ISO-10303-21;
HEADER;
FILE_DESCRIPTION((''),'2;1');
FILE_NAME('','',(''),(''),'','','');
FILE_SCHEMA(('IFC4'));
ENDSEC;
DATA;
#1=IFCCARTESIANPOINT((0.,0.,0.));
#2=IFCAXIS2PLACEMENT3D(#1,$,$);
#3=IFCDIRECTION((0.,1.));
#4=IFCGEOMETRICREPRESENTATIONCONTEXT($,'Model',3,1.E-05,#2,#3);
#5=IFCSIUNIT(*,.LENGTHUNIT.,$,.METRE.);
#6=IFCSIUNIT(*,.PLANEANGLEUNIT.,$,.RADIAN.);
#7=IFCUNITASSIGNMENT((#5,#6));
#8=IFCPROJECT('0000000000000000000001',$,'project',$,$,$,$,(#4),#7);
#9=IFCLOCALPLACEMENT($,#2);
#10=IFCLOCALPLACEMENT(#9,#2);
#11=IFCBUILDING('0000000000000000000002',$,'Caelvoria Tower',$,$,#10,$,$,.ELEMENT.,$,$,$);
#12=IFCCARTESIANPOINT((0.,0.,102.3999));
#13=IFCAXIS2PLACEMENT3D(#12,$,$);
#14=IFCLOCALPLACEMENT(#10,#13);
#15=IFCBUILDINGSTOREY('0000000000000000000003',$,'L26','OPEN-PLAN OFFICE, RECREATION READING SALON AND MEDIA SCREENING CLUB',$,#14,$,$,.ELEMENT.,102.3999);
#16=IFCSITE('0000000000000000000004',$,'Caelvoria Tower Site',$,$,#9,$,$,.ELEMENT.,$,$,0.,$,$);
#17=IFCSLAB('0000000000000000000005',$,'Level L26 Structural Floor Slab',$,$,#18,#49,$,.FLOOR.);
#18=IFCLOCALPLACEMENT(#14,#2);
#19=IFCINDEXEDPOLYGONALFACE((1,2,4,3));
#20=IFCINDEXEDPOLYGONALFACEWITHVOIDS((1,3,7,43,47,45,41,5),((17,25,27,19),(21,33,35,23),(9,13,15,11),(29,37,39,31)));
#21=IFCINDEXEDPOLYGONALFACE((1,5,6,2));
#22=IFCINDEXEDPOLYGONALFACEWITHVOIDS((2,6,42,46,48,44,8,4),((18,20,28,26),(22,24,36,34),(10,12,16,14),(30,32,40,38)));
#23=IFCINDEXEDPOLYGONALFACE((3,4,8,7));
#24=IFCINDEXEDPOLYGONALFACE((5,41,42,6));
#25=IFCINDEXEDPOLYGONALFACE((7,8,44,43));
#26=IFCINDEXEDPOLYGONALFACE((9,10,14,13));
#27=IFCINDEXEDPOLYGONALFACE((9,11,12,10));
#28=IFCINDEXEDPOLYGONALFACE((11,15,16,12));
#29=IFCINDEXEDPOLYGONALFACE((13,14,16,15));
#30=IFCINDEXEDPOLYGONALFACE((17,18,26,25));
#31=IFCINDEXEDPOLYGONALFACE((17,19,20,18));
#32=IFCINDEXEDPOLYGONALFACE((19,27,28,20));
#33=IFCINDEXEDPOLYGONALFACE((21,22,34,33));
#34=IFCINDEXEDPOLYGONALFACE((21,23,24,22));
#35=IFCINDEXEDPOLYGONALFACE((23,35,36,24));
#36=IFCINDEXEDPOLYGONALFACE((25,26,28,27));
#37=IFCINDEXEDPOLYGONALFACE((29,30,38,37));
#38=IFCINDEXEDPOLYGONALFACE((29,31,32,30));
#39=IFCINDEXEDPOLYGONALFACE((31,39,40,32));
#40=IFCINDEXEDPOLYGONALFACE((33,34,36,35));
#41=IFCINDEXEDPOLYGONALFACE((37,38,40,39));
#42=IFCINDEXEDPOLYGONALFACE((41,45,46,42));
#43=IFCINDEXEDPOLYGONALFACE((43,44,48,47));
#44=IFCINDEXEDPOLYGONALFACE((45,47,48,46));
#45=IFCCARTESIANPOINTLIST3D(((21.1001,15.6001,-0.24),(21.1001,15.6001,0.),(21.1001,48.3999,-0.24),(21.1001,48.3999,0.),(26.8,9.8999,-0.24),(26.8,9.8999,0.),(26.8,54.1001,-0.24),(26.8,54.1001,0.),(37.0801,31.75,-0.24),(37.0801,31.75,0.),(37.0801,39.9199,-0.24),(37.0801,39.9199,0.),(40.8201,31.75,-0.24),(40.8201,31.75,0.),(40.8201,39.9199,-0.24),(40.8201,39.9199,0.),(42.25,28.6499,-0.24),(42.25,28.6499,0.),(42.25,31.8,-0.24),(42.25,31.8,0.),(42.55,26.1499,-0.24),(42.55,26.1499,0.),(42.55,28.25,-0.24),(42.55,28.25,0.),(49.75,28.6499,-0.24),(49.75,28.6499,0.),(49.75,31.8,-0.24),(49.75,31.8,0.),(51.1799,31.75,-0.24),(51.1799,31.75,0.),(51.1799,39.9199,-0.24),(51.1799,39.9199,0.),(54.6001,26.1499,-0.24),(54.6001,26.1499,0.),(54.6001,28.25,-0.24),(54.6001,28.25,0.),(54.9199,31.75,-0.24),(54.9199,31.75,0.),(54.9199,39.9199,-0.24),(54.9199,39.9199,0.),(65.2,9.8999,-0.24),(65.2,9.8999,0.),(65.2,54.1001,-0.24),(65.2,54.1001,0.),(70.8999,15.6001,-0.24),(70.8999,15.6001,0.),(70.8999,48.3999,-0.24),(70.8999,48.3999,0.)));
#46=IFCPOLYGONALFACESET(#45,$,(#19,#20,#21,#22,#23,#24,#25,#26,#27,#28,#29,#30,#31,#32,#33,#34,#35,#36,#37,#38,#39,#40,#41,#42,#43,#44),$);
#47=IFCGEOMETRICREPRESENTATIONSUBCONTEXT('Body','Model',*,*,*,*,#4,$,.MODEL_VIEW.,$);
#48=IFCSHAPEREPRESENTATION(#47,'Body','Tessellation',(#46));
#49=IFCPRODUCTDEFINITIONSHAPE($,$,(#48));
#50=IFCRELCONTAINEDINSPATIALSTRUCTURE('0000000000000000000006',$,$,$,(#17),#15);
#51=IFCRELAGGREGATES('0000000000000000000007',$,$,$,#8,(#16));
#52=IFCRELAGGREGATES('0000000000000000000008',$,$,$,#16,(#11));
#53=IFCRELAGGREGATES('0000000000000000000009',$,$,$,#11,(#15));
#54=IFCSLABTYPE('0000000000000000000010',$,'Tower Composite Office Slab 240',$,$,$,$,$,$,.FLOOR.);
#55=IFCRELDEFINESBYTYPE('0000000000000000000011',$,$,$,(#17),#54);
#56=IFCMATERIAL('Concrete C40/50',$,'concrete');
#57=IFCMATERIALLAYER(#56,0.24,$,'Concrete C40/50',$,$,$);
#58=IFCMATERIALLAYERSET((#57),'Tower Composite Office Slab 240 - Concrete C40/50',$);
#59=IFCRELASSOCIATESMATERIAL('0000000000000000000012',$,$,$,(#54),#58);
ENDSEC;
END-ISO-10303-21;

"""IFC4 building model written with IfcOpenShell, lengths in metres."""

from ifc_helpers import new_model, si_unit, direction, frame, origin, place, context, subcontext, project, spatial, polyline, outline, extrude, material, layer, layer_set, type_object, element, save


model = new_model("IFC4")

# Units and contexts
model_context = context("Model", 3, precision=1e-05, world=origin(), true_north=direction((0.0, 1.0)))
body_context = subcontext(model_context, "Body", "Model", "MODEL_VIEW")
ifc_project = project(units=[si_unit("LENGTHUNIT", "METRE"), si_unit("PLANEANGLEUNIT", "RADIAN")], contexts=[model_context])

# Site, building, storey
site_placement = place(None, origin())
site = spatial("IfcSite", under=ifc_project, at=site_placement, Name="Caelvoria Tower Site", CompositionType="ELEMENT", RefElevation=0.0)
building_placement = place(site_placement, origin())
building = spatial("IfcBuilding", under=site, at=building_placement, Name="Caelvoria Tower", CompositionType="ELEMENT")
storey_placement = place(building_placement, frame((0.0, 0.0, 102.3999)))
storey = spatial("IfcBuildingStorey", under=building, at=storey_placement, Name="L26", Description="OPEN-PLAN OFFICE, RECREATION READING SALON AND MEDIA SCREENING CLUB", CompositionType="ELEMENT", Elevation=102.3999)

# Shared definitions
ifc_material_1 = material(Name="Concrete C40/50", Category="concrete")

# Slab
ifc_layer_1 = layer(ifc_material_1, 0.24, Name="Concrete C40/50")
ifc_layer_set_1 = layer_set([ifc_layer_1], Name="Tower Composite Office Slab 240 - Concrete C40/50")
slab_type_1 = type_object("IfcSlabType", Name="Tower Composite Office Slab 240", PredefinedType="FLOOR", material=ifc_layer_set_1)
slab_1_placement = place(storey_placement, frame((0.0, 0.0, -0.24)))
element("IfcSlab", 1, at=slab_1_placement, inside=storey, type_object=slab_type_1, Name="Level L26 Structural Floor Slab", PredefinedType="FLOOR", context=body_context, shape_type="SweptSolid", body=[
    extrude(outline(polyline([(26.8, 9.8999), (65.2, 9.8999), (70.8999, 15.6001), (70.8999, 48.3999), (65.2, 54.1001), (26.8, 54.1001), (21.1001, 48.3999), (21.1001, 15.6001), (26.8, 9.8999)]), holes=[polyline([(37.0801, 31.75), (40.8201, 31.75), (40.8201, 39.9199), (37.0801, 39.9199), (37.0801, 31.75)]), polyline([(51.1799, 31.75), (54.9199, 31.75), (54.9199, 39.9199), (51.1799, 39.9199), (51.1799, 31.75)]), polyline([(42.25, 28.6499), (49.75, 28.6499), (49.75, 31.8), (42.25, 31.8), (42.25, 28.6499)]), polyline([(42.55, 26.1499), (54.6001, 26.1499), (54.6001, 28.25), (42.55, 28.25), (42.55, 26.1499)])]), origin(), (0.0, 0.0, 1.0), 0.24),
])

save(model, "model.ifc")
